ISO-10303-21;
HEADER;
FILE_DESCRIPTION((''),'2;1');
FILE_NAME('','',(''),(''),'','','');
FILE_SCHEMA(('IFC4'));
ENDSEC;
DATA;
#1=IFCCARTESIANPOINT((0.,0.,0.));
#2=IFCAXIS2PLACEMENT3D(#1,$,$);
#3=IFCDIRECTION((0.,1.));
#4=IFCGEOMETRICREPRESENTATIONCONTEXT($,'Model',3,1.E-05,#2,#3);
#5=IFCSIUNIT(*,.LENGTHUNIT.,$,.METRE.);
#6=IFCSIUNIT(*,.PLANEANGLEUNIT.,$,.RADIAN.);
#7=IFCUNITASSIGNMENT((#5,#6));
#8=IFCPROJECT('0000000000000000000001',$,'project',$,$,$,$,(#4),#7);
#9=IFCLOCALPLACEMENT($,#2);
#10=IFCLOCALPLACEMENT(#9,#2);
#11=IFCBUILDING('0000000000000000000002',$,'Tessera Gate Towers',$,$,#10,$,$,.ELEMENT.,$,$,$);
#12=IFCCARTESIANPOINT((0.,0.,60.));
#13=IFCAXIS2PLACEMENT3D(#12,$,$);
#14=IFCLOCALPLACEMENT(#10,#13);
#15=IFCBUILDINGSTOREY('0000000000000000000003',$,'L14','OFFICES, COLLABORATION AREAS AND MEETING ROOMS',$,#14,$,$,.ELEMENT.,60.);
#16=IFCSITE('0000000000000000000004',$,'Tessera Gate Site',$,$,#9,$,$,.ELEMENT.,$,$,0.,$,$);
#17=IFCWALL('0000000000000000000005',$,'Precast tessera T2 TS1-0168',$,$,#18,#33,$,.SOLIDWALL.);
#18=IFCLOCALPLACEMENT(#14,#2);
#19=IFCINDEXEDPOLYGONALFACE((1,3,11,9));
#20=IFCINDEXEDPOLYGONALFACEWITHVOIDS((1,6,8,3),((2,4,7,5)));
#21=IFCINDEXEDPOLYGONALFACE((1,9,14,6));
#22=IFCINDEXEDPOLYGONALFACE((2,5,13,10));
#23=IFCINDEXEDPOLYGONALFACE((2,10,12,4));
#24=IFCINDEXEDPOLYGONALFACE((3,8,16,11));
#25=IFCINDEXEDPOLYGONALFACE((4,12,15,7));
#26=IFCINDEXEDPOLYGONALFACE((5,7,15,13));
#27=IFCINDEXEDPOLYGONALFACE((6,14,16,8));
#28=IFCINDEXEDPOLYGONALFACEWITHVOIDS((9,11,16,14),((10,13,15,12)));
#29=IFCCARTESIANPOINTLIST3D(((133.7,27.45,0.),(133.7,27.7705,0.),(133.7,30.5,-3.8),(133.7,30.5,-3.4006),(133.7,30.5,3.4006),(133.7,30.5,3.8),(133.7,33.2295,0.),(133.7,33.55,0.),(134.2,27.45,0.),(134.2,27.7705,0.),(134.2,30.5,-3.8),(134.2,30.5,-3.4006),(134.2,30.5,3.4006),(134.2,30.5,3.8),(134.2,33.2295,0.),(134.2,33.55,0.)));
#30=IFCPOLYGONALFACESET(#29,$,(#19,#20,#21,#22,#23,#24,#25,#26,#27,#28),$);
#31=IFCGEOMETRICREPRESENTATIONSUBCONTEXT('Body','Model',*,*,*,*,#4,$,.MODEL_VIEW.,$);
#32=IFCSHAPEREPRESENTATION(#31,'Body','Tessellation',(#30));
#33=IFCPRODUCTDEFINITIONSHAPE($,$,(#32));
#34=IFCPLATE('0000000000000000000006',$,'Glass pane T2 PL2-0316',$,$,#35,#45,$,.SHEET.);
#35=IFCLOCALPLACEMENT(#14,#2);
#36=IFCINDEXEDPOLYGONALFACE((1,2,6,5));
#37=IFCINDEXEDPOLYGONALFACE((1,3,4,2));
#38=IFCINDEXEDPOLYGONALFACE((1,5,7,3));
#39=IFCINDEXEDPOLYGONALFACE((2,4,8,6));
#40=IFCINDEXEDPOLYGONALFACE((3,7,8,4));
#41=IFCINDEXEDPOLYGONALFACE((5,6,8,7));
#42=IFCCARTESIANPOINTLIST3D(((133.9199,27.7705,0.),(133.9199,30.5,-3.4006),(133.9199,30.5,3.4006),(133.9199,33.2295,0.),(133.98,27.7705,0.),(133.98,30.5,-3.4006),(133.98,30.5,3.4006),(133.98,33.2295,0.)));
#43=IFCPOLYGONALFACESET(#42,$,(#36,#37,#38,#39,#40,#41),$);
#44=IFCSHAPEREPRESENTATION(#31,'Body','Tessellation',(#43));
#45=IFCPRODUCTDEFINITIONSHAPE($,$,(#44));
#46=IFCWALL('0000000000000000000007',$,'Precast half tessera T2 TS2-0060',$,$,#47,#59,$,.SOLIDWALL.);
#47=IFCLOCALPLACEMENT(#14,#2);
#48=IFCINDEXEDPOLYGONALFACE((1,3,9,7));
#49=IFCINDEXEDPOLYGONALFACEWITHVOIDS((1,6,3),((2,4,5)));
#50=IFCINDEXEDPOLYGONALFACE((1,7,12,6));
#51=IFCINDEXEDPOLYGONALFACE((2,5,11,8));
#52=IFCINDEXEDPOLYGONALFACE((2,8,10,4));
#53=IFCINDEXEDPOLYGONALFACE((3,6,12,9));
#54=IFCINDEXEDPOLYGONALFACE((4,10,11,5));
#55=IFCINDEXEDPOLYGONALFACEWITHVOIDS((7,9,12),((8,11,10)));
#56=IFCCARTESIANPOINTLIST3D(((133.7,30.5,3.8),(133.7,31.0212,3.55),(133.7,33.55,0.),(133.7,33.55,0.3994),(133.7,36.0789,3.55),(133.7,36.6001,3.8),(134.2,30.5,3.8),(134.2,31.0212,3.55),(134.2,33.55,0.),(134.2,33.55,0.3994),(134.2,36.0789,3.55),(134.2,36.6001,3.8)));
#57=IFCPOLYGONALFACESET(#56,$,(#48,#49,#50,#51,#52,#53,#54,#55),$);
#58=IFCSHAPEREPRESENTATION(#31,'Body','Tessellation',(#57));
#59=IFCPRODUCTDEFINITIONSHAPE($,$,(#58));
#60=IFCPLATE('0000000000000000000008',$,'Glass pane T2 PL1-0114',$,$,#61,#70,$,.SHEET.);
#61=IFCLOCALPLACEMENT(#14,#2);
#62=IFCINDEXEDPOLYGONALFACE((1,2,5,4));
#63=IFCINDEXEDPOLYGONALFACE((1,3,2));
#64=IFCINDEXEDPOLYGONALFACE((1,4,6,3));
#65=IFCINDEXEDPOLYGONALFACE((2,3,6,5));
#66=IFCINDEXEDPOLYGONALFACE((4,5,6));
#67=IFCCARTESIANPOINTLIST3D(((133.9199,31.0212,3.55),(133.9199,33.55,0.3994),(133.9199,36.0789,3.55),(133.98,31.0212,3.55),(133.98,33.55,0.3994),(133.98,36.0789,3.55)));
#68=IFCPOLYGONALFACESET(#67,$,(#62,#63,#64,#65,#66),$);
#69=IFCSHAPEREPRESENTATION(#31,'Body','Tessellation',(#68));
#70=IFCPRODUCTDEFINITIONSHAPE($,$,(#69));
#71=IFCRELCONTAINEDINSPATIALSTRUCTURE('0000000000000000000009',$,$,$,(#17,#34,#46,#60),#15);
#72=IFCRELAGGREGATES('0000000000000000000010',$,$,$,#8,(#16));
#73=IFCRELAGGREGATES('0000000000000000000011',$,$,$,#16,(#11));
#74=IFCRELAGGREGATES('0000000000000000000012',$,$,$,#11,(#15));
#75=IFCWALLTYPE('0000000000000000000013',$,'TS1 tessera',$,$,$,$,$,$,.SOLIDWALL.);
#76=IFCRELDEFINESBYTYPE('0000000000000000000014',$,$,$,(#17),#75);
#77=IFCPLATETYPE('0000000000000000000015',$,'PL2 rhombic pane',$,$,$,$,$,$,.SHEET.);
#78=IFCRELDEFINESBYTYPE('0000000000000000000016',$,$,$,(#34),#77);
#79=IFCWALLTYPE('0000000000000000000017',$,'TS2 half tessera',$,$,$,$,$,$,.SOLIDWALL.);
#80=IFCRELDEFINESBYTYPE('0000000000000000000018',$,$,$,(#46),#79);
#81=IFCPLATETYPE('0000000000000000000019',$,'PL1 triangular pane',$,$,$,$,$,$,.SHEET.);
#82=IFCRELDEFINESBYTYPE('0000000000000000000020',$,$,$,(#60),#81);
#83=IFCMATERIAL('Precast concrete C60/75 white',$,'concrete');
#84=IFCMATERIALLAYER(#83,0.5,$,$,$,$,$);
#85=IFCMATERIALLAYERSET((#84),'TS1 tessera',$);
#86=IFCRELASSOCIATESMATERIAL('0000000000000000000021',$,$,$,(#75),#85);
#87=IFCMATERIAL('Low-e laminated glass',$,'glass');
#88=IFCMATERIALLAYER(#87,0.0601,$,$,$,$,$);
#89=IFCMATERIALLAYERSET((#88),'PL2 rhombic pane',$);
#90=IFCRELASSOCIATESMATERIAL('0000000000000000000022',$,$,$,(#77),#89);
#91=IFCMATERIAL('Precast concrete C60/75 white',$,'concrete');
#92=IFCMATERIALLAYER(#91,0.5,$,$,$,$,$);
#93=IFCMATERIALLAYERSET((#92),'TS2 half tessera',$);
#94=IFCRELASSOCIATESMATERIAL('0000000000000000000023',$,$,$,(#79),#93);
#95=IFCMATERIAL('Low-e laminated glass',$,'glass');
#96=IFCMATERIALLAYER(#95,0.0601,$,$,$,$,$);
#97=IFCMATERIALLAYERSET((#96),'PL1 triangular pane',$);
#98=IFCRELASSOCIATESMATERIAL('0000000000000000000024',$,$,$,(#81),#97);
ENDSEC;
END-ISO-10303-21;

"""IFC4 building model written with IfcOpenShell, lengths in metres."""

from ifc_helpers import new_model, si_unit, direction, frame, origin, place, context, subcontext, project, spatial, polyline, outline, extrude, source, transform, mapped, material, layer, layer_set, type_object, element, fill, save


model = new_model("IFC4")

# Units and contexts
model_context = context("Model", 3, precision=1e-05, world=origin(), true_north=direction((0.0, 1.0)))
body_context = subcontext(model_context, "Body", "Model", "MODEL_VIEW")
ifc_project = project(units=[si_unit("LENGTHUNIT", "METRE"), si_unit("PLANEANGLEUNIT", "RADIAN")], contexts=[model_context])

# Site, building, storey
site_placement = place(None, origin())
site = spatial("IfcSite", under=ifc_project, at=site_placement, Name="Tessera Gate Site", CompositionType="ELEMENT", RefElevation=0.0)
building_placement = place(site_placement, origin())
building = spatial("IfcBuilding", under=site, at=building_placement, Name="Tessera Gate Towers", CompositionType="ELEMENT")
storey_placement = place(building_placement, frame((0.0, 0.0, 60.0)))
storey = spatial("IfcBuildingStorey", under=building, at=storey_placement, Name="L14", Description="OFFICES, COLLABORATION AREAS AND MEETING ROOMS", CompositionType="ELEMENT", Elevation=60.0)

# Walls, openings, plates
ifc_material_1 = material(Name="Precast concrete C60/75 white", Category="concrete")
ifc_layer_1 = layer(ifc_material_1, 0.5)
ifc_layer_set_1 = layer_set([ifc_layer_1], Name="TS1 tessera")
wall_type_1 = type_object("IfcWallType", Name="TS1 tessera", PredefinedType="SOLIDWALL", material=ifc_layer_set_1)
shared_shape_1 = source(origin(), body_context, "Body", "SweptSolid", [
    extrude(outline(polyline([(3.05, 0.0), (6.1001, 3.8), (3.05, 7.6001), (0.0, 3.8), (3.05, 0.0)])), frame((0.0, 0.25, 0.0), z_axis=(0.0, -1.0, 0.0), x_axis=(1.0, 0.0, 0.0)), (0.0, 0.0, 1.0), 0.5),
])
wall_1_placement = place(storey_placement, frame((133.95, 27.45, -3.8), z_axis=(0.0, 0.0, 1.0), x_axis=(0.0, 1.0, 0.0)))
wall_1 = element("IfcWall", 1, at=wall_1_placement, inside=storey, type_object=wall_type_1, Name="Precast tessera T2 TS1-0168", PredefinedType="SOLIDWALL", context=body_context, shape_type="MappedRepresentation", body=[
    mapped(shared_shape_1, transform((0.0, 0.0, 0.0), scale=1.0)),
])
shared_shape_2 = source(origin(), body_context, "Body", "SweptSolid", [
    extrude(outline(polyline([(3.05, 0.3994), (5.7795, 3.8), (3.05, 7.2007), (0.3206, 3.8), (3.05, 0.3994)])), frame((0.0, 0.26, 0.0), z_axis=(0.0, -1.0, 0.0), x_axis=(1.0, 0.0, 0.0)), (0.0, 0.0, 1.0), 0.52),
])
opening_1_placement = place(wall_1_placement, origin())
opening_1 = element("IfcOpeningElement", 2, at=opening_1_placement, cuts=wall_1, PredefinedType="OPENING", context=body_context, shape_type="MappedRepresentation", body=[
    mapped(shared_shape_2, transform((0.0, 0.0, 0.0), scale=1.0)),
])
ifc_material_2 = material(Name="Low-e laminated glass", Category="glass")
ifc_layer_2 = layer(ifc_material_2, 0.0601)
ifc_layer_set_2 = layer_set([ifc_layer_2], Name="PL2 rhombic pane")
plate_type_1 = type_object("IfcPlateType", Name="PL2 rhombic pane", PredefinedType="SHEET", material=ifc_layer_set_2)
shared_shape_3 = source(origin(), body_context, "Body", "SweptSolid", [
    extrude(outline(polyline([(3.05, 0.3994), (5.7795, 3.8), (3.05, 7.2007), (0.3206, 3.8), (3.05, 0.3994)])), frame((0.0, 0.03, 0.0), z_axis=(0.0, -1.0, 0.0), x_axis=(1.0, 0.0, 0.0)), (0.0, 0.0, 1.0), 0.0601),
])
plate_1_placement = place(opening_1_placement, origin())
plate_1 = element("IfcPlate", 3, at=plate_1_placement, inside=storey, type_object=plate_type_1, Name="Glass pane T2 PL2-0316", PredefinedType="SHEET", context=body_context, shape_type="MappedRepresentation", body=[
    mapped(shared_shape_3, transform((0.0, 0.0, 0.0), scale=1.0)),
])
fill(opening_1, plate_1)
ifc_material_3 = material(Name="Precast concrete C60/75 white", Category="concrete")
ifc_layer_3 = layer(ifc_material_3, 0.5)
ifc_layer_set_3 = layer_set([ifc_layer_3], Name="TS2 half tessera")
wall_type_2 = type_object("IfcWallType", Name="TS2 half tessera", PredefinedType="SOLIDWALL", material=ifc_layer_set_3)
shared_shape_4 = source(origin(), body_context, "Body", "SweptSolid", [
    extrude(outline(polyline([(3.05, 0.0), (6.1001, 3.8), (0.0, 3.8), (3.05, 0.0)])), frame((0.0, 0.25, 0.0), z_axis=(0.0, -1.0, 0.0), x_axis=(1.0, 0.0, 0.0)), (0.0, 0.0, 1.0), 0.5),
])
wall_2_placement = place(storey_placement, frame((133.95, 30.5, 0.0), z_axis=(0.0, 0.0, 1.0), x_axis=(0.0, 1.0, 0.0)))
wall_2 = element("IfcWall", 4, at=wall_2_placement, inside=storey, type_object=wall_type_2, Name="Precast half tessera T2 TS2-0060", PredefinedType="SOLIDWALL", context=body_context, shape_type="MappedRepresentation", body=[
    mapped(shared_shape_4, transform((0.0, 0.0, 0.0), scale=1.0)),
])
shared_shape_5 = source(origin(), body_context, "Body", "SweptSolid", [
    extrude(outline(polyline([(3.05, 0.3994), (5.5789, 3.55), (0.5212, 3.55), (3.05, 0.3994)])), frame((0.0, 0.26, 0.0), z_axis=(0.0, -1.0, 0.0), x_axis=(1.0, 0.0, 0.0)), (0.0, 0.0, 1.0), 0.52),
])
opening_2_placement = place(wall_2_placement, origin())
opening_2 = element("IfcOpeningElement", 5, at=opening_2_placement, cuts=wall_2, PredefinedType="OPENING", context=body_context, shape_type="MappedRepresentation", body=[
    mapped(shared_shape_5, transform((0.0, 0.0, 0.0), scale=1.0)),
])
ifc_material_4 = material(Name="Low-e laminated glass", Category="glass")
ifc_layer_4 = layer(ifc_material_4, 0.0601)
ifc_layer_set_4 = layer_set([ifc_layer_4], Name="PL1 triangular pane")
plate_type_2 = type_object("IfcPlateType", Name="PL1 triangular pane", PredefinedType="SHEET", material=ifc_layer_set_4)
shared_shape_6 = source(origin(), body_context, "Body", "SweptSolid", [
    extrude(outline(polyline([(3.05, 0.3994), (5.5789, 3.55), (0.5212, 3.55), (3.05, 0.3994)])), frame((0.0, 0.03, 0.0), z_axis=(0.0, -1.0, 0.0), x_axis=(1.0, 0.0, 0.0)), (0.0, 0.0, 1.0), 0.0601),
])
plate_2_placement = place(opening_2_placement, origin())
plate_2 = element("IfcPlate", 6, at=plate_2_placement, inside=storey, type_object=plate_type_2, Name="Glass pane T2 PL1-0114", PredefinedType="SHEET", context=body_context, shape_type="MappedRepresentation", body=[
    mapped(shared_shape_6, transform((0.0, 0.0, 0.0), scale=1.0)),
])
fill(opening_2, plate_2)

save(model, "model.ifc")
